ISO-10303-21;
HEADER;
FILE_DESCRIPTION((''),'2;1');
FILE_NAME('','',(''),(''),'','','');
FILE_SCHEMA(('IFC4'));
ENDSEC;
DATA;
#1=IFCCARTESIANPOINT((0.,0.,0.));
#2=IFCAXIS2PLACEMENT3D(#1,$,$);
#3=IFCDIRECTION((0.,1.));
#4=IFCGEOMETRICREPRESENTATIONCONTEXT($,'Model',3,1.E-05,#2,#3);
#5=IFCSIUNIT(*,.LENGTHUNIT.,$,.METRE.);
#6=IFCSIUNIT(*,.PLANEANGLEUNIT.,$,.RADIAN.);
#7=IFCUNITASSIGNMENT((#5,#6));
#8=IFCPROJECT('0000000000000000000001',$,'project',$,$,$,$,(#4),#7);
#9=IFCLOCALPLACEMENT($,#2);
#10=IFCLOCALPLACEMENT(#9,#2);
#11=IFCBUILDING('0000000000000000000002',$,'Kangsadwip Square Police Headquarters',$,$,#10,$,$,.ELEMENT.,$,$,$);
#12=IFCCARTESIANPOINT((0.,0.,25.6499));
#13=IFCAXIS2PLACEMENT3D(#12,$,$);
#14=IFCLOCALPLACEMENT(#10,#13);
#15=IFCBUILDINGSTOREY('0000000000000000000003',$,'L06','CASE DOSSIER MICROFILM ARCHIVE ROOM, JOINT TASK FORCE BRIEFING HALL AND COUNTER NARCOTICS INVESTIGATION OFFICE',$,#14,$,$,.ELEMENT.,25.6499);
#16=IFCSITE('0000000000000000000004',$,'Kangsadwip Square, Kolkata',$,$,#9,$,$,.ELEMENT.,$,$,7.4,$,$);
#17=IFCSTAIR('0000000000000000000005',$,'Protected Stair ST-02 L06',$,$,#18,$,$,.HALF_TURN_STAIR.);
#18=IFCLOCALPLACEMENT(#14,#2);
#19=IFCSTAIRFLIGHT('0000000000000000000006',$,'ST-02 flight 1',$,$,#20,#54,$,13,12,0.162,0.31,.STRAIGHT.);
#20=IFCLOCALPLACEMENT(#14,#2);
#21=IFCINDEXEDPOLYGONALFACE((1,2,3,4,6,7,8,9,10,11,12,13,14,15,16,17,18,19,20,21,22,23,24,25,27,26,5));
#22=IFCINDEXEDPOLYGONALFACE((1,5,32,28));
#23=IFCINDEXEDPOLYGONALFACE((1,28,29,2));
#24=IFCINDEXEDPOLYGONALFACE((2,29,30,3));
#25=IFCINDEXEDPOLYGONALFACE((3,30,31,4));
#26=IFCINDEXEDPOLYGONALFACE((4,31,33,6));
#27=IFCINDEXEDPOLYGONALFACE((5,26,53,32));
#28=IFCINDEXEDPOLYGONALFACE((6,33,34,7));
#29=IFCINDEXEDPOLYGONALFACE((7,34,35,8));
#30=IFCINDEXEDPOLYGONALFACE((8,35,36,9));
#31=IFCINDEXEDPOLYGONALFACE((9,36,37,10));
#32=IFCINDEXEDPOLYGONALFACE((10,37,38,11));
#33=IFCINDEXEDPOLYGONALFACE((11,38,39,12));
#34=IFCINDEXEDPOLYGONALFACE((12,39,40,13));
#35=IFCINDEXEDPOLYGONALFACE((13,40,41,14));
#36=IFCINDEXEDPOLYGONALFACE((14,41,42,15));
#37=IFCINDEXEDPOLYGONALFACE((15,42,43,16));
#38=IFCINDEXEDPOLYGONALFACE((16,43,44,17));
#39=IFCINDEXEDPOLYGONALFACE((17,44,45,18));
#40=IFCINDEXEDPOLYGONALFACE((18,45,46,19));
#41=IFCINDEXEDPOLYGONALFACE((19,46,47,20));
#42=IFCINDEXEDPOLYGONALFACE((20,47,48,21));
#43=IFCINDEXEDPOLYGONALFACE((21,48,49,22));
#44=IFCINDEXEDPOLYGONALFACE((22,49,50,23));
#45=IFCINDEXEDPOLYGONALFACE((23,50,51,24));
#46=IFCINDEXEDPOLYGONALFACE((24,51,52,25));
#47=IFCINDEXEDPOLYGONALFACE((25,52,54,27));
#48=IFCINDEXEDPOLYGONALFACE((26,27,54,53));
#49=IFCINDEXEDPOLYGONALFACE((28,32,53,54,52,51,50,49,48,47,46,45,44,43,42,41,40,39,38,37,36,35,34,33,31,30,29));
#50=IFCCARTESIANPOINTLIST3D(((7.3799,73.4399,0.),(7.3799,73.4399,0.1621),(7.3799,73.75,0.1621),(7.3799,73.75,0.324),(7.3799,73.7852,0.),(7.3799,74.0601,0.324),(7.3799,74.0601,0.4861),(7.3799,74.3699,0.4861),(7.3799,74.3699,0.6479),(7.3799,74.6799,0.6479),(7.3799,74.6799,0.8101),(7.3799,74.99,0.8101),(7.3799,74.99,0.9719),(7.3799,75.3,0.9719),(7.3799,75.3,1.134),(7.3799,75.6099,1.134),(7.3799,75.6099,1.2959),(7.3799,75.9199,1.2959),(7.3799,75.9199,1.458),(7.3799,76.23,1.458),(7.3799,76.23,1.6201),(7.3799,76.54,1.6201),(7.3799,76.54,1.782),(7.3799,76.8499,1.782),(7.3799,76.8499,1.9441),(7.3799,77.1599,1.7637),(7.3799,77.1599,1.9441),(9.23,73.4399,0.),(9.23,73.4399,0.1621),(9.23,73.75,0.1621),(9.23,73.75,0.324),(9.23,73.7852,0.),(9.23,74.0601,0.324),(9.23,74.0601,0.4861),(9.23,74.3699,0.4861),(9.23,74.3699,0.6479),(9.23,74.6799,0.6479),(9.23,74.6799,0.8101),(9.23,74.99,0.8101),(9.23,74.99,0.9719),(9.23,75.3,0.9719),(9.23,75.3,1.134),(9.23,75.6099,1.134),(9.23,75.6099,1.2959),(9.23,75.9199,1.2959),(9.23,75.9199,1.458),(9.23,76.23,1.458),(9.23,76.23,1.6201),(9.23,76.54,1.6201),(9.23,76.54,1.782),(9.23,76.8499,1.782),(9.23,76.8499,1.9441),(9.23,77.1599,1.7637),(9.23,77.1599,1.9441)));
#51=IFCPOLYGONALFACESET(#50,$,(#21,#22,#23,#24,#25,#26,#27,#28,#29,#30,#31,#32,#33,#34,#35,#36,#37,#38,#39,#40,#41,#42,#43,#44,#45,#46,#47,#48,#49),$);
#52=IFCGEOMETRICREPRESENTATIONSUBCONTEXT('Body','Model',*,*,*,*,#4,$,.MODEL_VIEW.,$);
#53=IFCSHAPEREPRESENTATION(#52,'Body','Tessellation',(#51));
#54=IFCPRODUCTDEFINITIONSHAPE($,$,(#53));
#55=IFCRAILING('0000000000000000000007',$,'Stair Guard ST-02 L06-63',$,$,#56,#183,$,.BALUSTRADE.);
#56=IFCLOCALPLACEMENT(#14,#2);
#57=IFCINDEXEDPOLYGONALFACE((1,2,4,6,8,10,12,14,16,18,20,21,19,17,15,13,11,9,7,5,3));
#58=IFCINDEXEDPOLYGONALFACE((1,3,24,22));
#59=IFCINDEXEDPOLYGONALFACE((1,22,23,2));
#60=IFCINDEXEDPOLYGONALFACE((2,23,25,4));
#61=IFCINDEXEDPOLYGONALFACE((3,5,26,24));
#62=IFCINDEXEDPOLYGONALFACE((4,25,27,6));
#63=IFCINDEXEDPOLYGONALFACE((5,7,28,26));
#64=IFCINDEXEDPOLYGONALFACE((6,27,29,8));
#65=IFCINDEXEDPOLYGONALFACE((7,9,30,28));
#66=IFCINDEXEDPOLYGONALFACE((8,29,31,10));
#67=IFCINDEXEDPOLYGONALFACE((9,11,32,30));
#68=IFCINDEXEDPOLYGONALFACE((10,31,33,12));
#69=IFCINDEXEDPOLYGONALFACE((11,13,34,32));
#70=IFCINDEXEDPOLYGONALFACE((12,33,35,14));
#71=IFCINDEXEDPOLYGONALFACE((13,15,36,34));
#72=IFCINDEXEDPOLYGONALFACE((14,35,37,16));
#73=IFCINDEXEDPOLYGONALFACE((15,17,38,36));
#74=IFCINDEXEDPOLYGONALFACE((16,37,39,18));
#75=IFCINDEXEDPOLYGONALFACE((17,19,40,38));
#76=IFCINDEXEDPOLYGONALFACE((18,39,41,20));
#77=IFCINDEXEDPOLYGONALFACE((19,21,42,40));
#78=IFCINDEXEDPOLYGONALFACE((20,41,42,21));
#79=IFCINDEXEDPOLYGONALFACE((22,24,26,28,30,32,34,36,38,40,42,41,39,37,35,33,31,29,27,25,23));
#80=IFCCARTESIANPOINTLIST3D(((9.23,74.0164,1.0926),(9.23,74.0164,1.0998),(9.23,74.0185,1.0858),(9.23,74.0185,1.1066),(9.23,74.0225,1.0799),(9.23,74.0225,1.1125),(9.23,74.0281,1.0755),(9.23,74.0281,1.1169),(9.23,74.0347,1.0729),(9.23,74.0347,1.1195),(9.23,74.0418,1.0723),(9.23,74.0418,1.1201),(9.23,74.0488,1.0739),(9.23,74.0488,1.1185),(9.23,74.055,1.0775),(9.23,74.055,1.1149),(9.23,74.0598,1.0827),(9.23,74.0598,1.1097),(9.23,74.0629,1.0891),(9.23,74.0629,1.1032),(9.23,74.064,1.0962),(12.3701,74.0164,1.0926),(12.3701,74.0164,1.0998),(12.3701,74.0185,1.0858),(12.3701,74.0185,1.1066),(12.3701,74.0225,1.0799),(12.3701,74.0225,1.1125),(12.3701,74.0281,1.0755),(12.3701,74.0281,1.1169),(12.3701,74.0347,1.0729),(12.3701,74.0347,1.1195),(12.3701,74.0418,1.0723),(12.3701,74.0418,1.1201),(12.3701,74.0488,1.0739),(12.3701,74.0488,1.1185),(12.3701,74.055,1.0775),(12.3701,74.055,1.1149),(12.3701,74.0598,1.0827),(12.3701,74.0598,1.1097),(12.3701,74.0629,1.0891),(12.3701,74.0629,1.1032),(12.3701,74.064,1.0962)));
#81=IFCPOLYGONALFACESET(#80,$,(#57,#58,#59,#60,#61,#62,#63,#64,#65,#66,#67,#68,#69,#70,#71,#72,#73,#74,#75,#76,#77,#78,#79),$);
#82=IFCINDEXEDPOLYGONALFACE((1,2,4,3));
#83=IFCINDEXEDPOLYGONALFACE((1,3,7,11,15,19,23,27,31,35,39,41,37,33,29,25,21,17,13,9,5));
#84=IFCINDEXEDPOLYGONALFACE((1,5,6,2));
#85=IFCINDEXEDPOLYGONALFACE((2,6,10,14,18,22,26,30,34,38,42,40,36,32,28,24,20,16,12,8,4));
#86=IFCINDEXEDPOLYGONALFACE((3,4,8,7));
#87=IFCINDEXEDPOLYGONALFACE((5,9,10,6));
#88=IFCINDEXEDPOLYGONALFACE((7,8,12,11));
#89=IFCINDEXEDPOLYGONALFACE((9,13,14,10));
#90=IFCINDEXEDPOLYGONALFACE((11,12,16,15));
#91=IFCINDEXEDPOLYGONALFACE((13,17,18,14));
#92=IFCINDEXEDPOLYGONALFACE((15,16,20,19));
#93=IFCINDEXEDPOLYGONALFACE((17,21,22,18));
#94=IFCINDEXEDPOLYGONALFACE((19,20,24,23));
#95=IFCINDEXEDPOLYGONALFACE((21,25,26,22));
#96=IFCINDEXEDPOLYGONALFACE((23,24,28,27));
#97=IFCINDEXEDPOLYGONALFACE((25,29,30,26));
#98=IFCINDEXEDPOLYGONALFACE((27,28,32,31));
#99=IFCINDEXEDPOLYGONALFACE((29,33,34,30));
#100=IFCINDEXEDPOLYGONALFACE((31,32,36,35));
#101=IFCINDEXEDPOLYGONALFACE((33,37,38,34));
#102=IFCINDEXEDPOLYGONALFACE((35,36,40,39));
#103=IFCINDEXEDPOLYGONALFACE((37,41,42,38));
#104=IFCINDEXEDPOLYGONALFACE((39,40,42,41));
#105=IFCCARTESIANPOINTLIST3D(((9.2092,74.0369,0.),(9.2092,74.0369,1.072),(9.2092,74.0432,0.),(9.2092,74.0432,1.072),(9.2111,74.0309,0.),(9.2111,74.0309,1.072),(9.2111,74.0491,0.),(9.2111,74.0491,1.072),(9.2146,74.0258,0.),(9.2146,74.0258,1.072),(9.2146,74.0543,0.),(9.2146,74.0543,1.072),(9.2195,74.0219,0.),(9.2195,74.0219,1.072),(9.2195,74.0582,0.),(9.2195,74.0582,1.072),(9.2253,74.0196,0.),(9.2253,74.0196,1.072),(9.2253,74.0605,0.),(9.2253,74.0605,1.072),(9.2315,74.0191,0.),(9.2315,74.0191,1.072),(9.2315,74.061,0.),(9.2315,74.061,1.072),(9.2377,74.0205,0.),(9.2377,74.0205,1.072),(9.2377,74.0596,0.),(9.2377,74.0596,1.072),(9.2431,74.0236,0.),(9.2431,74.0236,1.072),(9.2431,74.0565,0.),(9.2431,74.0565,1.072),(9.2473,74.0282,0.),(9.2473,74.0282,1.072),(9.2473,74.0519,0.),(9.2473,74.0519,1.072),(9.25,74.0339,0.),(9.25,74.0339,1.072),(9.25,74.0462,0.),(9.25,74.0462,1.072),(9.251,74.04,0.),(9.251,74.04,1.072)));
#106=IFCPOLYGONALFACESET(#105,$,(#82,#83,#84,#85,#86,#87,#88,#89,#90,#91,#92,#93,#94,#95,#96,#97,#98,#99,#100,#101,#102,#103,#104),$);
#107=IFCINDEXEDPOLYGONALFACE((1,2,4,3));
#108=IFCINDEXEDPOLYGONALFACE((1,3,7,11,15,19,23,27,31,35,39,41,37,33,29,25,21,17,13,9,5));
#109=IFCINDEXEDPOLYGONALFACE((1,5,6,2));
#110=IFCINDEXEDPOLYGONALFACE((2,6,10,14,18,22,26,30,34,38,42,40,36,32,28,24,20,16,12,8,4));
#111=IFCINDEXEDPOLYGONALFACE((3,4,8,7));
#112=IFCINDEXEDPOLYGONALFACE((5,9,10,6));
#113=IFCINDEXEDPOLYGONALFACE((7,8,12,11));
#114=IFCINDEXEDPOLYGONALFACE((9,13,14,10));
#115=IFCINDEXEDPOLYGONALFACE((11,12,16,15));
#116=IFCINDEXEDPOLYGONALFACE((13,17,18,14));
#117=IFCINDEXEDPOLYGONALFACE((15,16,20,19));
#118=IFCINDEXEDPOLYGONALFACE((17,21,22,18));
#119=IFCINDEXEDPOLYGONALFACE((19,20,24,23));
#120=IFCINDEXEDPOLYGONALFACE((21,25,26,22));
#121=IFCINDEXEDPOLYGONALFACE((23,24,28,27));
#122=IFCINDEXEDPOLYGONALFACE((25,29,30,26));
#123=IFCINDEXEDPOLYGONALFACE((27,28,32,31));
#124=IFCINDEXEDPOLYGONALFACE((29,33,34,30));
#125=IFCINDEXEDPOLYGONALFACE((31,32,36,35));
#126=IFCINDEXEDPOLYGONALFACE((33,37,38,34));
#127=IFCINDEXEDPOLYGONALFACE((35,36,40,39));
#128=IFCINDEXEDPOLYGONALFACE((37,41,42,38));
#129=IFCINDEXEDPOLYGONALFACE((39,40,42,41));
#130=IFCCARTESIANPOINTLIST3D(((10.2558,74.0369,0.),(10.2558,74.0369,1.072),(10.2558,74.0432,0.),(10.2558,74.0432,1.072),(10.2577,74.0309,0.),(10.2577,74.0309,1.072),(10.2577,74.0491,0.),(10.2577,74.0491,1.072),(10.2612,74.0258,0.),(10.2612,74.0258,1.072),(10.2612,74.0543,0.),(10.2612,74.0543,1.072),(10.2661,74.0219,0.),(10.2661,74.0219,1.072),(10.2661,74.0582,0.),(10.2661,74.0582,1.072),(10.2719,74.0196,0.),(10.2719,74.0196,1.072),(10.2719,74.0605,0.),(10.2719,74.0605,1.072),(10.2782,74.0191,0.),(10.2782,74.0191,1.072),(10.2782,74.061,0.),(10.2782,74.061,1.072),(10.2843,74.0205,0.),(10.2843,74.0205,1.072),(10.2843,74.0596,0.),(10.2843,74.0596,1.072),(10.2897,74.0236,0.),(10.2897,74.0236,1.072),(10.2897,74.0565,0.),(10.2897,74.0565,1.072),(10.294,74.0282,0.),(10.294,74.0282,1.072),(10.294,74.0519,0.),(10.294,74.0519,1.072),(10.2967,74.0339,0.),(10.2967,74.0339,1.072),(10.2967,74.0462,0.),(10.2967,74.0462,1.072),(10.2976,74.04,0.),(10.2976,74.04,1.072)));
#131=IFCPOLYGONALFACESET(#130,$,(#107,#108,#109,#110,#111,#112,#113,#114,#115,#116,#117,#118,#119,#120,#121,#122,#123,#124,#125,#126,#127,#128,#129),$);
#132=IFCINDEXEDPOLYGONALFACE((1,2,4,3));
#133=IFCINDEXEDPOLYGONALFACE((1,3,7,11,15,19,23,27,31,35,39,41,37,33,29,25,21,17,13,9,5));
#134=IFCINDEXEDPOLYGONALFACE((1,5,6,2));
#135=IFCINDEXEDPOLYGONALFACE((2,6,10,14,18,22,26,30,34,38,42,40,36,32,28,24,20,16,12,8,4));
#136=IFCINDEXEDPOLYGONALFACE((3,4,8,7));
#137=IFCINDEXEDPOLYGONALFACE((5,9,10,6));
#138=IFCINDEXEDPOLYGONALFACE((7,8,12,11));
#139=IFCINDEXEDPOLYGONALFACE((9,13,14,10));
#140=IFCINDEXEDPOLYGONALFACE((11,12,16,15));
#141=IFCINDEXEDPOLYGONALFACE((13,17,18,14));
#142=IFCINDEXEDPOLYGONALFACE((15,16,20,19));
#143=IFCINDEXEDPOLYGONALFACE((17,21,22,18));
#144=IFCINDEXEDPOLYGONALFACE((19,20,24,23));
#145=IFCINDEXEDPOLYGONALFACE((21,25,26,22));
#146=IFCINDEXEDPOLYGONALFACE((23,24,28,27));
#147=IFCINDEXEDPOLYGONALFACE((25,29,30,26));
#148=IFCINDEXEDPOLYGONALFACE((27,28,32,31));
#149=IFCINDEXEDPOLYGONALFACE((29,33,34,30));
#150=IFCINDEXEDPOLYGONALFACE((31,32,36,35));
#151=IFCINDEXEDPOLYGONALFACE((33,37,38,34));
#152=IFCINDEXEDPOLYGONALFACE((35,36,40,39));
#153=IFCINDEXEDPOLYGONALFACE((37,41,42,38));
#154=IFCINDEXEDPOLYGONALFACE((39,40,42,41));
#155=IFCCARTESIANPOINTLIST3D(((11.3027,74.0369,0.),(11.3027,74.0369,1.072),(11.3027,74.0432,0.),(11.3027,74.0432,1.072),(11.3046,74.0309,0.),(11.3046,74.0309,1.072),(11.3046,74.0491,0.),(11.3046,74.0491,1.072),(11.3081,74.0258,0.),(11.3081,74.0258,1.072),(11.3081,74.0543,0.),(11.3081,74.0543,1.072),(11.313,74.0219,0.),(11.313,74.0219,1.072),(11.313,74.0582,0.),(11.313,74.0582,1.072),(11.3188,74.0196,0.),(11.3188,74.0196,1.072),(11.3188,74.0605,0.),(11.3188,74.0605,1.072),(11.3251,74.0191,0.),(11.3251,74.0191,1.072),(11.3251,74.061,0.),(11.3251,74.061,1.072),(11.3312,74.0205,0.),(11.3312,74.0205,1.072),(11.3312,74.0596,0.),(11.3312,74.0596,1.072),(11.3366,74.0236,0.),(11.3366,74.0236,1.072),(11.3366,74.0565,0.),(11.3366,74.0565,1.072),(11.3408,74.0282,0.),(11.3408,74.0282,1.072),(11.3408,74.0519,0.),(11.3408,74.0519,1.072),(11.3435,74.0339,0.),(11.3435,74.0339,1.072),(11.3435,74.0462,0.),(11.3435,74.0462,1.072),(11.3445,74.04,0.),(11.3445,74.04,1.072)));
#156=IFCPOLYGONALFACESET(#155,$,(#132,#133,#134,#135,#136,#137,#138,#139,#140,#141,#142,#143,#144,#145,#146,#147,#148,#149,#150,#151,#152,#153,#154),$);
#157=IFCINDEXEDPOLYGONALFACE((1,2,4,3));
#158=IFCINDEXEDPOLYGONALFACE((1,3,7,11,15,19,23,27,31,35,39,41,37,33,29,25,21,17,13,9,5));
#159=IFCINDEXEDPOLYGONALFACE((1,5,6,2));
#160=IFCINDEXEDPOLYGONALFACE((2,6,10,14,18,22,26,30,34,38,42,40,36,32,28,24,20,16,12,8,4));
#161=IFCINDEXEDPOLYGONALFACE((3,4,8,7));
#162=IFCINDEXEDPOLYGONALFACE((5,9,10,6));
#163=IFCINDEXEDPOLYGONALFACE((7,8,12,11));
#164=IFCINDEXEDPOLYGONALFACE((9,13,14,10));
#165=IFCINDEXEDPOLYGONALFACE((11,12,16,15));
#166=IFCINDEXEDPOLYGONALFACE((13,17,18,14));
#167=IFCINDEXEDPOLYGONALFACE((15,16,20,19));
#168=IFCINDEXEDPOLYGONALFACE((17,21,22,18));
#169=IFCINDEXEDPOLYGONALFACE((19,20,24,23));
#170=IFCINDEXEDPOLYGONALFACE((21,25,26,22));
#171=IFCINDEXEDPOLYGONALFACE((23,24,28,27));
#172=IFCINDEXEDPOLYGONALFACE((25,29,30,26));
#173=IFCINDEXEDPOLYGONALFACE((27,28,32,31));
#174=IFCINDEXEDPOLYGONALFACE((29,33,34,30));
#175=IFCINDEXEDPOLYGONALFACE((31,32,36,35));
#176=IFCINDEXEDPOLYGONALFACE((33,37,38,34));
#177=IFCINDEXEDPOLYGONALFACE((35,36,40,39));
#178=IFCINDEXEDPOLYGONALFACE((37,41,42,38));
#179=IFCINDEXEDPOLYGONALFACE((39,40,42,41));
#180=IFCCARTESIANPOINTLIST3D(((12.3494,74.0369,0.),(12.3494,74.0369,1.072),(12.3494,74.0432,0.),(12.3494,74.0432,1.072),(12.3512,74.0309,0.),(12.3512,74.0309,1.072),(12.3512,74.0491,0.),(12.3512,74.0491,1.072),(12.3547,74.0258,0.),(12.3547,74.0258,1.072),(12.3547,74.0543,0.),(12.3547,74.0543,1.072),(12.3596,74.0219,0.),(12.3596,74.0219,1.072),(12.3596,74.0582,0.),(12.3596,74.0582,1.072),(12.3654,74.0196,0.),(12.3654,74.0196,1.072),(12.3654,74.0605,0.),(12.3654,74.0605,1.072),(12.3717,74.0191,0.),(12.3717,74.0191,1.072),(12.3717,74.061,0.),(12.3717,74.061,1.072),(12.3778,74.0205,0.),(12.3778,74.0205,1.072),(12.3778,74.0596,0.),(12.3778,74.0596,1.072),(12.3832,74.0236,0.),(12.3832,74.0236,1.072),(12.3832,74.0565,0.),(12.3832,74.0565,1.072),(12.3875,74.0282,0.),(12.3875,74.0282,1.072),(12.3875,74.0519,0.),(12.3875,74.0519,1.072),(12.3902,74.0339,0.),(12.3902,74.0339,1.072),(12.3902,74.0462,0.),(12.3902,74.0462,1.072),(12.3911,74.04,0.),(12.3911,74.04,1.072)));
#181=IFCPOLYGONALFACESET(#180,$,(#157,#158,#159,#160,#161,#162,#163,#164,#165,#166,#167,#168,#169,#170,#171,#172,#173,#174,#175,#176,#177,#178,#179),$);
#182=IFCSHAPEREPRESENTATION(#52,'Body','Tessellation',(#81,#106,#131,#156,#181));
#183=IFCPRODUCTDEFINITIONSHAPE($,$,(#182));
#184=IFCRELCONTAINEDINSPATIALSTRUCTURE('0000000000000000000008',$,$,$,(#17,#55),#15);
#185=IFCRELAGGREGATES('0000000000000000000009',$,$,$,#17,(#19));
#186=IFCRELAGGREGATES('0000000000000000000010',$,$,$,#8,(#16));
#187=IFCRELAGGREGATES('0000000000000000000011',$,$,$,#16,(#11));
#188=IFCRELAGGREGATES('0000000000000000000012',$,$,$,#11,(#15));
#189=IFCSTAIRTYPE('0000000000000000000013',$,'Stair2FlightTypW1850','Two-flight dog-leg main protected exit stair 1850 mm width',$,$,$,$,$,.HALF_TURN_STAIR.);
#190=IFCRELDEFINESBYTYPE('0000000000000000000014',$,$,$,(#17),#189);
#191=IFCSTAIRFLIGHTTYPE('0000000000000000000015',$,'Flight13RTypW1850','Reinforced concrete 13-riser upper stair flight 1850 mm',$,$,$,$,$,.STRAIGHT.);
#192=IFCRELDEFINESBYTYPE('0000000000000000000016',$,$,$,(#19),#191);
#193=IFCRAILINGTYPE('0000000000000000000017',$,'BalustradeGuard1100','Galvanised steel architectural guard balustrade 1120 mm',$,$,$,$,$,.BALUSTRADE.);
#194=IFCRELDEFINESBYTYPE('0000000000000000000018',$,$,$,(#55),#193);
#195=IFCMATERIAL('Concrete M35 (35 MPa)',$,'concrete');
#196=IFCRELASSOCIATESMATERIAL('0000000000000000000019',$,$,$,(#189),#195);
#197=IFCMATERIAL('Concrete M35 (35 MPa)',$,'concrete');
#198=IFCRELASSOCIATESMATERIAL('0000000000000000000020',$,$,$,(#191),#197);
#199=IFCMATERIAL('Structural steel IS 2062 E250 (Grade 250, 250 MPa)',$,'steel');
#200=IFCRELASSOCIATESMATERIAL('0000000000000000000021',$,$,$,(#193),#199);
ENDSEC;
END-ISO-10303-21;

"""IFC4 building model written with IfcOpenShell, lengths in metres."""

from ifc_helpers import new_model, si_unit, direction, frame, origin, origin_2d, place, context, subcontext, project, spatial, polyline, circle, outline, extrude, material, type_object, element, aggregate, save


model = new_model("IFC4")

# Units and contexts
model_context = context("Model", 3, precision=1e-05, world=origin(), true_north=direction((0.0, 1.0)))
body_context = subcontext(model_context, "Body", "Model", "MODEL_VIEW")
ifc_project = project(units=[si_unit("LENGTHUNIT", "METRE"), si_unit("PLANEANGLEUNIT", "RADIAN")], contexts=[model_context])

# Site, building, storey
site_placement = place(None, origin())
site = spatial("IfcSite", under=ifc_project, at=site_placement, Name="Kangsadwip Square, Kolkata", CompositionType="ELEMENT", RefElevation=7.4)
building_placement = place(site_placement, origin())
building = spatial("IfcBuilding", under=site, at=building_placement, Name="Kangsadwip Square Police Headquarters", CompositionType="ELEMENT")
storey_placement = place(building_placement, frame((0.0, 0.0, 25.6499)))
storey = spatial("IfcBuildingStorey", under=building, at=storey_placement, Name="L06", Description="CASE DOSSIER MICROFILM ARCHIVE ROOM, JOINT TASK FORCE BRIEFING HALL AND COUNTER NARCOTICS INVESTIGATION OFFICE", CompositionType="ELEMENT", Elevation=25.6499)

# Stair, stair flight
ifc_material_1 = material(Name="Concrete M35 (35 MPa)", Category="concrete")
stair_type = type_object("IfcStairType", Name="Stair2FlightTypW1850", Description="Two-flight dog-leg main protected exit stair 1850 mm width", PredefinedType="HALF_TURN_STAIR", material=ifc_material_1)
stair_placement = place(storey_placement, origin())
stair = element("IfcStair", 1, at=stair_placement, inside=storey, type_object=stair_type, Name="Protected Stair ST-02 L06", PredefinedType="HALF_TURN_STAIR")
ifc_material_2 = material(Name="Concrete M35 (35 MPa)", Category="concrete")
stair_flight_type = type_object("IfcStairFlightType", Name="Flight13RTypW1850", Description="Reinforced concrete 13-riser upper stair flight 1850 mm", PredefinedType="STRAIGHT", material=ifc_material_2)
stair_flight_placement = place(storey_placement, frame((8.3049, 73.4399, 0.0), z_axis=(0.0, 0.0, 1.0), x_axis=(0.0, 1.0, 0.0)))
stair_flight = element("IfcStairFlight", 2, at=stair_flight_placement, type_object=stair_flight_type, Name="ST-02 flight 1", NumberOfRisers=13, NumberOfTreads=12, PredefinedType="STRAIGHT", RiserHeight=0.162, TreadLength=0.31, context=body_context, shape_type="SweptSolid", body=[
    extrude(outline(polyline([(0.0, 0.0), (0.0, 0.1621), (0.3101, 0.1621), (0.3101, 0.324), (0.6201, 0.324), (0.6201, 0.4861), (0.9299, 0.4861), (0.9299, 0.6479), (1.24, 0.6479), (1.24, 0.8101), (1.55, 0.8101), (1.55, 0.9719), (1.8601, 0.9719), (1.8601, 1.134), (2.1699, 1.134), (2.1699, 1.2959), (2.48, 1.2959), (2.48, 1.458), (2.79, 1.458), (2.79, 1.6201), (3.1001, 1.6201), (3.1001, 1.782), (3.4099, 1.782), (3.4099, 1.9441), (3.72, 1.9441), (3.72, 2.106), (3.72, 1.7637), (0.3452, 0.0), (0.0, 0.0)])), frame((0.0, 0.925, 0.0), z_axis=(0.0, -1.0, 0.0), x_axis=(1.0, 0.0, 0.0)), (0.0, 0.0, 1.0), 1.8501),
])
aggregate(stair, [stair_flight])

# Railing
ifc_material_3 = material(Name="Structural steel IS 2062 E250 (Grade 250, 250 MPa)", Category="steel")
railing_type_1 = type_object("IfcRailingType", Name="BalustradeGuard1100", Description="Galvanised steel architectural guard balustrade 1120 mm", PredefinedType="BALUSTRADE", material=ifc_material_3)
railing_1_placement = place(storey_placement, frame((9.23, 74.04, 0.0)))
element("IfcRailing", 3, at=railing_1_placement, inside=storey, type_object=railing_type_1, Name="Stair Guard ST-02 L06-63", PredefinedType="BALUSTRADE", context=body_context, shape_type="SweptSolid", body=[
    extrude(circle(Radius=0.0239, at=origin_2d()), frame((0.0, 0.0, 1.0962), z_axis=(1.0, 0.0, 0.0), x_axis=(0.0, 1.0, 0.0)), (0.0, 0.0, 1.0), 3.1401),
    extrude(circle(Radius=0.021, at=origin_2d()), origin(), (0.0, 0.0, 1.0), 1.072),
    extrude(circle(Radius=0.021, at=origin_2d()), frame((1.0466, 0.0, 0.0)), (0.0, 0.0, 1.0), 1.072),
    extrude(circle(Radius=0.021, at=origin_2d()), frame((2.0935, 0.0, 0.0)), (0.0, 0.0, 1.0), 1.072),
    extrude(circle(Radius=0.021, at=origin_2d()), frame((3.1401, 0.0, 0.0)), (0.0, 0.0, 1.0), 1.072),
])

save(model, "model.ifc")
